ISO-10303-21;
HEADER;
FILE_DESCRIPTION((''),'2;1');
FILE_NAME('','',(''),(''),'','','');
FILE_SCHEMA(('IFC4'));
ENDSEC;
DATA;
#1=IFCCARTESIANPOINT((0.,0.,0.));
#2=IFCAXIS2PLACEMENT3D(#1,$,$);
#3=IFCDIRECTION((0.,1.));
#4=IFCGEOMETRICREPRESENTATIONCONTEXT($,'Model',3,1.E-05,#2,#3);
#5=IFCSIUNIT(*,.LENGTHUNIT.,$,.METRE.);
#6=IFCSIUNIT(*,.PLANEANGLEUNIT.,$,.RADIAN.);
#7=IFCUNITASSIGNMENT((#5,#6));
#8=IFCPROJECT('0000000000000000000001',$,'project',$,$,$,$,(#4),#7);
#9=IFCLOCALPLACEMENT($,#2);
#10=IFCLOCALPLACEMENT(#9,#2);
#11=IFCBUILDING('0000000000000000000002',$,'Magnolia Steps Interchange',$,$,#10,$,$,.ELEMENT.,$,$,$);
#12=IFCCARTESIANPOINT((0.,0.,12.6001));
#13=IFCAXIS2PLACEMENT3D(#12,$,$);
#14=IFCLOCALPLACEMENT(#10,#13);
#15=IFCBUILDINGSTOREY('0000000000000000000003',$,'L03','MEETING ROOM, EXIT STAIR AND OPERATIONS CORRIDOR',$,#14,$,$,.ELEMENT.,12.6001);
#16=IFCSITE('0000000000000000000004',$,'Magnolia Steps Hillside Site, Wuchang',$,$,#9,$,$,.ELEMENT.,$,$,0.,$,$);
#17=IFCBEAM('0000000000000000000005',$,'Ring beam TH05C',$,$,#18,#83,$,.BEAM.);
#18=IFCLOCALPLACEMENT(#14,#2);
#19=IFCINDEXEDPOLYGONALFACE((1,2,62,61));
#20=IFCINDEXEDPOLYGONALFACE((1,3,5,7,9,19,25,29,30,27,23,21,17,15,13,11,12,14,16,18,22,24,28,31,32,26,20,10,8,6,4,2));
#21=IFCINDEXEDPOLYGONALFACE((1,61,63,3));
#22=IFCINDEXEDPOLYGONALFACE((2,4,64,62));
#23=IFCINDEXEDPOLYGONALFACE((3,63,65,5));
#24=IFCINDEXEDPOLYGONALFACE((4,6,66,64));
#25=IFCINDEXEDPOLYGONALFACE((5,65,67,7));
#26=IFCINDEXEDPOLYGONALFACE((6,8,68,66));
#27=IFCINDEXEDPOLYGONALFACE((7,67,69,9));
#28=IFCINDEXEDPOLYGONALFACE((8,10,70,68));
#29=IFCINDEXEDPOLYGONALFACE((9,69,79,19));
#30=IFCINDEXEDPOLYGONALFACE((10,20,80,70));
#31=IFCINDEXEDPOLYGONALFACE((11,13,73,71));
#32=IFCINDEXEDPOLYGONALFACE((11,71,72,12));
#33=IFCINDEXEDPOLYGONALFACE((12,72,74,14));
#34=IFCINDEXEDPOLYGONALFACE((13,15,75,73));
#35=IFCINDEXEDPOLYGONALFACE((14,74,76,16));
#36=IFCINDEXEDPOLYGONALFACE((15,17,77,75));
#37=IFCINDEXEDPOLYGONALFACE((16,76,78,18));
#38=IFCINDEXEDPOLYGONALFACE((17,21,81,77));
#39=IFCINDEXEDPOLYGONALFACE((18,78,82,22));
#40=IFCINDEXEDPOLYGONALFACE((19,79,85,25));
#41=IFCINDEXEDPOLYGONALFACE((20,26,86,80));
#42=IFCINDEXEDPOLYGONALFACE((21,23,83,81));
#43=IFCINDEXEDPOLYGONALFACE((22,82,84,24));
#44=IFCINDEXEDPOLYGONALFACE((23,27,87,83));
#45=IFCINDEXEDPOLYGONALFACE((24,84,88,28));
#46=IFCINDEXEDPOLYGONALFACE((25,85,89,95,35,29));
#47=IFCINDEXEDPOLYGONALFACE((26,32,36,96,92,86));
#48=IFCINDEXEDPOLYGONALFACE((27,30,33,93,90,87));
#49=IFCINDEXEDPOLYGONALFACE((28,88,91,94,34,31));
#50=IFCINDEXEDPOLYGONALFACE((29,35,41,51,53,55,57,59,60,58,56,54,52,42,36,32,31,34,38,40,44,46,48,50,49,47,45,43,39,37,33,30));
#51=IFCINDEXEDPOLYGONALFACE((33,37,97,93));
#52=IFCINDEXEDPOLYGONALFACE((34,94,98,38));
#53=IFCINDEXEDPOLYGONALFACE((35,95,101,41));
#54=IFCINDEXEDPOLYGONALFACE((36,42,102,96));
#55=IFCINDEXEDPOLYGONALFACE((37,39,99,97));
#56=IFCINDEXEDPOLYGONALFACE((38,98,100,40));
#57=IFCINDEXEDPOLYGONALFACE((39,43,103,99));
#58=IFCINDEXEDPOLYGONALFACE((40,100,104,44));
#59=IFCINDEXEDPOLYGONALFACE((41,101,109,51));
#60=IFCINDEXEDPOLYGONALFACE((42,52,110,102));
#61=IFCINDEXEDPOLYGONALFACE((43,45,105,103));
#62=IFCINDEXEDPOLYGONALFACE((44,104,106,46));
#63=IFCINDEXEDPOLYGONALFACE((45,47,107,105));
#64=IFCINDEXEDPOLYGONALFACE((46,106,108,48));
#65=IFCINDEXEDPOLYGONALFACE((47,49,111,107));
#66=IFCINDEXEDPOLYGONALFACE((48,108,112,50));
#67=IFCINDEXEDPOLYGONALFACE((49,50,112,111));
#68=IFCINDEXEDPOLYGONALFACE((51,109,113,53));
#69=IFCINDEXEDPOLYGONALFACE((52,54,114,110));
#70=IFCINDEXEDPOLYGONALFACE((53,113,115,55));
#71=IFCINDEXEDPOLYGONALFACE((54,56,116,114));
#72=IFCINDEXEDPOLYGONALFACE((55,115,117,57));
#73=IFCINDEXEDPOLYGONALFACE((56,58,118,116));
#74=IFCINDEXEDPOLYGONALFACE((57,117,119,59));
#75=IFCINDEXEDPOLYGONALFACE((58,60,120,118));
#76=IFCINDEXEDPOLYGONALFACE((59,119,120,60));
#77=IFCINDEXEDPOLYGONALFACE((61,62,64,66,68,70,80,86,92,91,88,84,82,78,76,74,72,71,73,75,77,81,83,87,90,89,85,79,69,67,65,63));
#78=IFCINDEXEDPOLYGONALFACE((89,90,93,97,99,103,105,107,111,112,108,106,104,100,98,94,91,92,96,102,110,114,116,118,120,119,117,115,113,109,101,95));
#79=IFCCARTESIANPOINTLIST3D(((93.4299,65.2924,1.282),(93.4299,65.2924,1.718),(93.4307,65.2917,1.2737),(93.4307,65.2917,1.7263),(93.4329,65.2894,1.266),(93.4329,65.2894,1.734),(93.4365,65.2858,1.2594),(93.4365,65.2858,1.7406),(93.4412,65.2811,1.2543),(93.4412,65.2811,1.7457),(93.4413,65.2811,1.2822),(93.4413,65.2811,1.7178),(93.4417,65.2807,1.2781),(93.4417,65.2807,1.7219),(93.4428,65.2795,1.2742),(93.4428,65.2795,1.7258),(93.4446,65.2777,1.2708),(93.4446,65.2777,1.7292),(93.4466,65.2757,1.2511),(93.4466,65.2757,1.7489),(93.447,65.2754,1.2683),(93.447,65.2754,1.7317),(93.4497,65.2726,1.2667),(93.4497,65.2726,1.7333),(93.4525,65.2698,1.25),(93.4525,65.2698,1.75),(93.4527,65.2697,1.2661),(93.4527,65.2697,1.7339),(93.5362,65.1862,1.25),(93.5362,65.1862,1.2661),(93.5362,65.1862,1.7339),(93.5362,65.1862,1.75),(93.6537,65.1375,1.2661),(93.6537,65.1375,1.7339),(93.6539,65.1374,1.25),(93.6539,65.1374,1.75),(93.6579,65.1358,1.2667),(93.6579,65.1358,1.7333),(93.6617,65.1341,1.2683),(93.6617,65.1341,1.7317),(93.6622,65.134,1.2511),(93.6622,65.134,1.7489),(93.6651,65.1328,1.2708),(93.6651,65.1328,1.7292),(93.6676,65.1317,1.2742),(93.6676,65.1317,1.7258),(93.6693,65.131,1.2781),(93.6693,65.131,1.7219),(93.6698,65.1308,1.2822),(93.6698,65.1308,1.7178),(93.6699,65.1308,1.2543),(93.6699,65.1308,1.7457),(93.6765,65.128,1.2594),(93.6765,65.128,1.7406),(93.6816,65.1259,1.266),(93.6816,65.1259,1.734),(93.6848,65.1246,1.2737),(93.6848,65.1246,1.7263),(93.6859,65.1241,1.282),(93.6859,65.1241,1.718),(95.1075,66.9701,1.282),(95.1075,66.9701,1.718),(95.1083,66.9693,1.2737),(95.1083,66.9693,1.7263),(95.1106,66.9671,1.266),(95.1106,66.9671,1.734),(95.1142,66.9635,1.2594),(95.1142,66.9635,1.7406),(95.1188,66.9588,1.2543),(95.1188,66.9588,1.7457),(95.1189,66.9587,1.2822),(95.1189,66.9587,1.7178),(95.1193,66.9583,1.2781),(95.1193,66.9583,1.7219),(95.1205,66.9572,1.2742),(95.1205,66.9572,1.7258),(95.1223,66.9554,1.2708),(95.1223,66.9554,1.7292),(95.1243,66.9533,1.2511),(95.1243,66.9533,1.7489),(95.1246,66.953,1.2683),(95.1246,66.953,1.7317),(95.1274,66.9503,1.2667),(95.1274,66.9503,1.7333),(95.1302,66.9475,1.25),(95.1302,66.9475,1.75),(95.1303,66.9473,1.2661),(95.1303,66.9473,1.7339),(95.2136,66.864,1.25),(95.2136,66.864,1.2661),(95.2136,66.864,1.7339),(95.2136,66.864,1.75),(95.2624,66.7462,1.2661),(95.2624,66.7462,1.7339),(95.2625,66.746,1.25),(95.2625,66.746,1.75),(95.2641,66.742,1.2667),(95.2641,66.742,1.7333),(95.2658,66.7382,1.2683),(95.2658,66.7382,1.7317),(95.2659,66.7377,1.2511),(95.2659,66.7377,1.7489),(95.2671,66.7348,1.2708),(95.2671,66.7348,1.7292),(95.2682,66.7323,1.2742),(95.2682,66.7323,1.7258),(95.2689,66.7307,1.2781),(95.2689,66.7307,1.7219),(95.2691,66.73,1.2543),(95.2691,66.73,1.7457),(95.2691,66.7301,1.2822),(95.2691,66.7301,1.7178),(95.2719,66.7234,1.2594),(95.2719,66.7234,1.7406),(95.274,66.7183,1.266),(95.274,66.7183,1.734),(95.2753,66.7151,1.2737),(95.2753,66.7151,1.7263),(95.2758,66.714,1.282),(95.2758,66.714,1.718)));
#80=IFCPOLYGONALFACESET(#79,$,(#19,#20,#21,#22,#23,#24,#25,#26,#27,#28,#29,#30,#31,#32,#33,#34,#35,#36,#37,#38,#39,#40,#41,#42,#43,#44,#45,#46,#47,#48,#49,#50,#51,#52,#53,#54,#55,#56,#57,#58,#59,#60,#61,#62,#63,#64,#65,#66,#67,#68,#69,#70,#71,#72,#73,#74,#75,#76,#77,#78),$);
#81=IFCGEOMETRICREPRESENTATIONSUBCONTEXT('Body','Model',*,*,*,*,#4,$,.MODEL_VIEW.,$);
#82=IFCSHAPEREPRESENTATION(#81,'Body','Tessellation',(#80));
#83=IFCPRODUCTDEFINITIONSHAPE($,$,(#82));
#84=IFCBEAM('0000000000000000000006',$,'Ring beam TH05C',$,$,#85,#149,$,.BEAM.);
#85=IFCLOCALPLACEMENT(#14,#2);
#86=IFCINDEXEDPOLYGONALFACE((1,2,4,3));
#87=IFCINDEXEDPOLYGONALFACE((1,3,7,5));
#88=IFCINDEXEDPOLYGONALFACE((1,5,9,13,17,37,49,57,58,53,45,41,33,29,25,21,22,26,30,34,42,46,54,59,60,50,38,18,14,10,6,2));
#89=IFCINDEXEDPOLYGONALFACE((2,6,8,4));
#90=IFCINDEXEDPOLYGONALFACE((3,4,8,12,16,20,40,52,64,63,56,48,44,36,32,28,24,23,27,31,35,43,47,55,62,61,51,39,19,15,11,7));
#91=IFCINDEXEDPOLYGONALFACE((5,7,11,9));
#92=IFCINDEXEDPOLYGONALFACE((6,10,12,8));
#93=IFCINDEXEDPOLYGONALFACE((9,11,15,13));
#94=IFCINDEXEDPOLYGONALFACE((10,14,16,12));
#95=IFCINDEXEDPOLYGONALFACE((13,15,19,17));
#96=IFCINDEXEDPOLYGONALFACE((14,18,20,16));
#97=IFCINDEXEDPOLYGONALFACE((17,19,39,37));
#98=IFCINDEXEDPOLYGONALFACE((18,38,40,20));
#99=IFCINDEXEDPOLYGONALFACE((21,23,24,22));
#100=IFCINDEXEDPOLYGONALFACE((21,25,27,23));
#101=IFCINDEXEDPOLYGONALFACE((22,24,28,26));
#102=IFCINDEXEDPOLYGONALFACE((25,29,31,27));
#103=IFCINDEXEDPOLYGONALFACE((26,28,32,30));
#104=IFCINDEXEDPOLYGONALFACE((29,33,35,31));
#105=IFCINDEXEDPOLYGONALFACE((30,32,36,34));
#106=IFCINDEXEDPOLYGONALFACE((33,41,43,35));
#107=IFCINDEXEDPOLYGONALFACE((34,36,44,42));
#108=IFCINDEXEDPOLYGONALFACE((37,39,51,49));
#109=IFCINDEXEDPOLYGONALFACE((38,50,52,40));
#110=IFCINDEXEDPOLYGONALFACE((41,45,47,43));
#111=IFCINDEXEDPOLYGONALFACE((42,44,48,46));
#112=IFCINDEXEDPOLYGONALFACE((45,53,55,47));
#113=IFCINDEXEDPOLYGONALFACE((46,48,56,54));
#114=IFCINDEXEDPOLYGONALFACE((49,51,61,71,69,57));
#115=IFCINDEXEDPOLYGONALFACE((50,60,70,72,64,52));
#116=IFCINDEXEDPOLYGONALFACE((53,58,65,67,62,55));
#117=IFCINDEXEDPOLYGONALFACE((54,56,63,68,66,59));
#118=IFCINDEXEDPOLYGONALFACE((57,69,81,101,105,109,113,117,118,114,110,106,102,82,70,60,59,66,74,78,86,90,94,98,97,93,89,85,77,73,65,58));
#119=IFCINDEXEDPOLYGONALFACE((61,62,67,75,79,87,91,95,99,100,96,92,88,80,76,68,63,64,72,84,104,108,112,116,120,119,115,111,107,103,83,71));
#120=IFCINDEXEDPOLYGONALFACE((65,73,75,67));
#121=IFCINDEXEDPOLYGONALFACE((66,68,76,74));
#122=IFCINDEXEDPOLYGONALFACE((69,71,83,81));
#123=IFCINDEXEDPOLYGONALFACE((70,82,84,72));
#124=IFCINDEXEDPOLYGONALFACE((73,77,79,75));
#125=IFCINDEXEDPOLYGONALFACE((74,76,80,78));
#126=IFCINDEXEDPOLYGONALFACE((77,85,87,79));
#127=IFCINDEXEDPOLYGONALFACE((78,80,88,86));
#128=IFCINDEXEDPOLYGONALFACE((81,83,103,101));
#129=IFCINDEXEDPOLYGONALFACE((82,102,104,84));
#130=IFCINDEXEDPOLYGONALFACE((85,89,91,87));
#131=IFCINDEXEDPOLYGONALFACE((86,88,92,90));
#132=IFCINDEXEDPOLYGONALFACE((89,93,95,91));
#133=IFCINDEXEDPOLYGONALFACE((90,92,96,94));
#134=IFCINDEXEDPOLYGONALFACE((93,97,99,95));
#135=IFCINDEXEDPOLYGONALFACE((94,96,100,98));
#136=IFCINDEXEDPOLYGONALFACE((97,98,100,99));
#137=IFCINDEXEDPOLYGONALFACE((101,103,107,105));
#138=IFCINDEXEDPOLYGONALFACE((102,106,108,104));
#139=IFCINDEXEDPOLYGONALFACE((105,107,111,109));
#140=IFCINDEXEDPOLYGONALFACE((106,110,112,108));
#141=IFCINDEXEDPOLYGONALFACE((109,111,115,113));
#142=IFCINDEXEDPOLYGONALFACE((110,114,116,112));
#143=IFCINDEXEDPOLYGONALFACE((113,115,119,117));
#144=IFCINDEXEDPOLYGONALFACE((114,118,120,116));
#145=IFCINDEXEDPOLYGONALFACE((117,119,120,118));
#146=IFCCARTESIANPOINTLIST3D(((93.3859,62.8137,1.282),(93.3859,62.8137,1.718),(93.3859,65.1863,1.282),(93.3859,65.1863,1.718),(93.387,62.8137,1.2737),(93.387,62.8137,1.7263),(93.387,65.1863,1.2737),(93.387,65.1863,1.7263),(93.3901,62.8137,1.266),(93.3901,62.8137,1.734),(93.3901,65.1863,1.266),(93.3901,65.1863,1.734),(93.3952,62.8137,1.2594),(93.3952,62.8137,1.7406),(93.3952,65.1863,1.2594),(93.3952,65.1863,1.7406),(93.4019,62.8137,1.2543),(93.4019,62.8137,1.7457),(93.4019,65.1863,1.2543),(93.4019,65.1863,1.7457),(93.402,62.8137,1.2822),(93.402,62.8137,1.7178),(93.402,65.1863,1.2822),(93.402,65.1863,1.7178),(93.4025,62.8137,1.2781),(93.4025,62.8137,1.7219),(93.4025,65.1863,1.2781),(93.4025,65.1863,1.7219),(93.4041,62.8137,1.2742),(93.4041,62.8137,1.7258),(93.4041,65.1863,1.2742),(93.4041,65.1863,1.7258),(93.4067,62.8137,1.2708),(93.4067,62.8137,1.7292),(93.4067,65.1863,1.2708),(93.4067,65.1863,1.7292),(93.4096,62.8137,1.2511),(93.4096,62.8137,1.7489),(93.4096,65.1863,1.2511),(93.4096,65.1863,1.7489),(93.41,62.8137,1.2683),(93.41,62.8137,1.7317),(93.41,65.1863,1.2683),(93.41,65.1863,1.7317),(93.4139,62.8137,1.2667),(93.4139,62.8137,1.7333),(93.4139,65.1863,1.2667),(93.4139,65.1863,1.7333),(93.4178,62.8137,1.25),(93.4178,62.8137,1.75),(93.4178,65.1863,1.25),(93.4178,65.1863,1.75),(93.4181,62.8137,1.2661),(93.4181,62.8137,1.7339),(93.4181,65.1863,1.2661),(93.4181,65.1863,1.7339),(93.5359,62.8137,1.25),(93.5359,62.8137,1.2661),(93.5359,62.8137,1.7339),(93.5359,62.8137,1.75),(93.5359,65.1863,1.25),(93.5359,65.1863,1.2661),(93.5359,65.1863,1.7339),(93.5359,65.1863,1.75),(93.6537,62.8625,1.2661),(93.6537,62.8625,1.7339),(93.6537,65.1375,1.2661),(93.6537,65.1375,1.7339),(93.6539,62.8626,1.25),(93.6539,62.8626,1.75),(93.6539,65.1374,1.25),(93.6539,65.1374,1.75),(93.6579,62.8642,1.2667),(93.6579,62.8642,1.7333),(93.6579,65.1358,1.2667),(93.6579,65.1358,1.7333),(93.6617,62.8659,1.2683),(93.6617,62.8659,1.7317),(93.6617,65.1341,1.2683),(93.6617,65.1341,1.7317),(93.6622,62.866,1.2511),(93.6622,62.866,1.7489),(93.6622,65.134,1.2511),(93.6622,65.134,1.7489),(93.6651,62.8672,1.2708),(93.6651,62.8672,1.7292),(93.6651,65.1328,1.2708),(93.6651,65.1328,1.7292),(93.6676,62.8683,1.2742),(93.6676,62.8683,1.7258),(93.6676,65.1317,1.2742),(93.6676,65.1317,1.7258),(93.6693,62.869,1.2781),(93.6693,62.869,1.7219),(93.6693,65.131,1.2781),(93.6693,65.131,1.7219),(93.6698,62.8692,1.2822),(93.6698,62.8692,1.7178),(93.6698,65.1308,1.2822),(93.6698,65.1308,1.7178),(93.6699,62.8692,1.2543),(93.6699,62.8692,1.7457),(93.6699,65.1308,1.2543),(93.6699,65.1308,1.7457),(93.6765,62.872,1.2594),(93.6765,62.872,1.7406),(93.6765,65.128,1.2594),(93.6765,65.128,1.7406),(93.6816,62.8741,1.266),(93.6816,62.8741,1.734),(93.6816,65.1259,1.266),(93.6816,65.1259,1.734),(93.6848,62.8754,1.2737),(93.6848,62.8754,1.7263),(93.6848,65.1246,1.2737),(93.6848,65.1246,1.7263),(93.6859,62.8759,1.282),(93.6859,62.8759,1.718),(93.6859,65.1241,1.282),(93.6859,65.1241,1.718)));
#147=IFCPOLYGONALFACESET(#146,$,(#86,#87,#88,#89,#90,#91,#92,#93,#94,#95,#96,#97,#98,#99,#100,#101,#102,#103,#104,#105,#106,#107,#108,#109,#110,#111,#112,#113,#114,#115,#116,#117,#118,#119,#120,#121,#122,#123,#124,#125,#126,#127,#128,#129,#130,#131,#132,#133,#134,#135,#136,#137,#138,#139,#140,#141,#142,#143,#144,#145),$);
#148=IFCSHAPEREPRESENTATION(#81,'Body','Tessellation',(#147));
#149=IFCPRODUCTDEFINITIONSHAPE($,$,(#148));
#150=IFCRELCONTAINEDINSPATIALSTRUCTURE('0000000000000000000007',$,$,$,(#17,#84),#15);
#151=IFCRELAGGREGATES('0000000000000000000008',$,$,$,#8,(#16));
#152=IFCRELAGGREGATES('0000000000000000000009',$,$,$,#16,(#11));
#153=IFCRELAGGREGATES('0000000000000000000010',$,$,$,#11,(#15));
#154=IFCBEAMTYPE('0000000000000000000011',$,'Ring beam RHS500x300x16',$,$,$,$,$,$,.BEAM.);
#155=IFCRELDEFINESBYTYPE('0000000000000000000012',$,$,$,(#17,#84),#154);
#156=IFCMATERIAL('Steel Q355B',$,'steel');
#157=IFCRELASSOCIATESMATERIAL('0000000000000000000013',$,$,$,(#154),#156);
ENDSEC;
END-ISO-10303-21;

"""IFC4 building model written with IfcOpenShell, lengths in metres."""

from ifc_helpers import new_model, si_unit, direction, frame, origin, origin_2d, place, context, subcontext, project, spatial, hollow_rectangle, extrude, clip, halfspace, material, material_profile, profile_set, type_object, element, save


model = new_model("IFC4")

# Units and contexts
model_context = context("Model", 3, precision=1e-05, world=origin(), true_north=direction((0.0, 1.0)))
body_context = subcontext(model_context, "Body", "Model", "MODEL_VIEW")
ifc_project = project(units=[si_unit("LENGTHUNIT", "METRE"), si_unit("PLANEANGLEUNIT", "RADIAN")], contexts=[model_context])

# Site, building, storey
site_placement = place(None, origin())
site = spatial("IfcSite", under=ifc_project, at=site_placement, Name="Magnolia Steps Hillside Site, Wuchang", CompositionType="ELEMENT", RefElevation=0.0)
building_placement = place(site_placement, origin())
building = spatial("IfcBuilding", under=site, at=building_placement, Name="Magnolia Steps Interchange", CompositionType="ELEMENT")
storey_placement = place(building_placement, frame((0.0, 0.0, 12.6001)))
storey = spatial("IfcBuildingStorey", under=building, at=storey_placement, Name="L03", Description="MEETING ROOM, EXIT STAIR AND OPERATIONS CORRIDOR", CompositionType="ELEMENT", Elevation=12.6001)

# Beams
ifc_material_1 = material(Name="Steel Q355B", Category="steel")
ifc_material_profile_1 = material_profile(ifc_material_1, hollow_rectangle(XDim=0.3, YDim=0.5, WallThickness=0.0161, InnerFilletRadius=0.0161, OuterFilletRadius=0.032, at=origin_2d()), Name="RHS500x300x16")
ifc_profile_set_1 = profile_set([ifc_material_profile_1], Name="Steel Q355B")
beam_type_1 = type_object("IfcBeamType", Name="Ring beam RHS500x300x16", PredefinedType="BEAM", material=ifc_profile_set_1)
beam_1_placement = place(storey_placement, frame((95.2136, 66.864, 1.5), z_axis=(-0.707107, -0.707107, 0.0), x_axis=(0.707107, -0.707107, 0.0)))
element("IfcBeam", 1, at=beam_1_placement, inside=storey, type_object=beam_type_1, Name="Ring beam TH05C", PredefinedType="BEAM", context=body_context, shape_type="Clipping", body=[
    clip(clip(extrude(hollow_rectangle(XDim=0.3, YDim=0.5, WallThickness=0.0161, InnerFilletRadius=0.0161, OuterFilletRadius=0.032, at=origin_2d()), origin(), (0.0, 0.0, 1.0), 2.3726), halfspace(frame((0.0, 0.0, 0.0), z_axis=(0.382683, 0.0, -0.92388), x_axis=(0.92388, 0.0, 0.382683)), False)), halfspace(frame((0.0, 0.0, 2.3727), z_axis=(0.382683, 0.0, 0.92388), x_axis=(0.92388, 0.0, -0.382683)), False)),
])
beam_2_placement = place(storey_placement, frame((93.5359, 65.1863, 1.5), z_axis=(0.0, -1.0, 0.0), x_axis=(1.0, 0.0, 0.0)))
element("IfcBeam", 2, at=beam_2_placement, inside=storey, type_object=beam_type_1, Name="Ring beam TH05C", PredefinedType="BEAM", context=body_context, shape_type="Clipping", body=[
    clip(clip(extrude(hollow_rectangle(XDim=0.3, YDim=0.5, WallThickness=0.0161, InnerFilletRadius=0.0161, OuterFilletRadius=0.032, at=origin_2d()), origin(), (0.0, 0.0, 1.0), 2.3726), halfspace(frame((0.0, 0.0, 0.0), z_axis=(0.382683, 0.0, -0.92388), x_axis=(0.92388, 0.0, 0.382683)), False)), halfspace(frame((0.0, 0.0, 2.3726), z_axis=(0.382683, 0.0, 0.92388), x_axis=(0.92388, 0.0, -0.382683)), False)),
])

save(model, "model.ifc")
